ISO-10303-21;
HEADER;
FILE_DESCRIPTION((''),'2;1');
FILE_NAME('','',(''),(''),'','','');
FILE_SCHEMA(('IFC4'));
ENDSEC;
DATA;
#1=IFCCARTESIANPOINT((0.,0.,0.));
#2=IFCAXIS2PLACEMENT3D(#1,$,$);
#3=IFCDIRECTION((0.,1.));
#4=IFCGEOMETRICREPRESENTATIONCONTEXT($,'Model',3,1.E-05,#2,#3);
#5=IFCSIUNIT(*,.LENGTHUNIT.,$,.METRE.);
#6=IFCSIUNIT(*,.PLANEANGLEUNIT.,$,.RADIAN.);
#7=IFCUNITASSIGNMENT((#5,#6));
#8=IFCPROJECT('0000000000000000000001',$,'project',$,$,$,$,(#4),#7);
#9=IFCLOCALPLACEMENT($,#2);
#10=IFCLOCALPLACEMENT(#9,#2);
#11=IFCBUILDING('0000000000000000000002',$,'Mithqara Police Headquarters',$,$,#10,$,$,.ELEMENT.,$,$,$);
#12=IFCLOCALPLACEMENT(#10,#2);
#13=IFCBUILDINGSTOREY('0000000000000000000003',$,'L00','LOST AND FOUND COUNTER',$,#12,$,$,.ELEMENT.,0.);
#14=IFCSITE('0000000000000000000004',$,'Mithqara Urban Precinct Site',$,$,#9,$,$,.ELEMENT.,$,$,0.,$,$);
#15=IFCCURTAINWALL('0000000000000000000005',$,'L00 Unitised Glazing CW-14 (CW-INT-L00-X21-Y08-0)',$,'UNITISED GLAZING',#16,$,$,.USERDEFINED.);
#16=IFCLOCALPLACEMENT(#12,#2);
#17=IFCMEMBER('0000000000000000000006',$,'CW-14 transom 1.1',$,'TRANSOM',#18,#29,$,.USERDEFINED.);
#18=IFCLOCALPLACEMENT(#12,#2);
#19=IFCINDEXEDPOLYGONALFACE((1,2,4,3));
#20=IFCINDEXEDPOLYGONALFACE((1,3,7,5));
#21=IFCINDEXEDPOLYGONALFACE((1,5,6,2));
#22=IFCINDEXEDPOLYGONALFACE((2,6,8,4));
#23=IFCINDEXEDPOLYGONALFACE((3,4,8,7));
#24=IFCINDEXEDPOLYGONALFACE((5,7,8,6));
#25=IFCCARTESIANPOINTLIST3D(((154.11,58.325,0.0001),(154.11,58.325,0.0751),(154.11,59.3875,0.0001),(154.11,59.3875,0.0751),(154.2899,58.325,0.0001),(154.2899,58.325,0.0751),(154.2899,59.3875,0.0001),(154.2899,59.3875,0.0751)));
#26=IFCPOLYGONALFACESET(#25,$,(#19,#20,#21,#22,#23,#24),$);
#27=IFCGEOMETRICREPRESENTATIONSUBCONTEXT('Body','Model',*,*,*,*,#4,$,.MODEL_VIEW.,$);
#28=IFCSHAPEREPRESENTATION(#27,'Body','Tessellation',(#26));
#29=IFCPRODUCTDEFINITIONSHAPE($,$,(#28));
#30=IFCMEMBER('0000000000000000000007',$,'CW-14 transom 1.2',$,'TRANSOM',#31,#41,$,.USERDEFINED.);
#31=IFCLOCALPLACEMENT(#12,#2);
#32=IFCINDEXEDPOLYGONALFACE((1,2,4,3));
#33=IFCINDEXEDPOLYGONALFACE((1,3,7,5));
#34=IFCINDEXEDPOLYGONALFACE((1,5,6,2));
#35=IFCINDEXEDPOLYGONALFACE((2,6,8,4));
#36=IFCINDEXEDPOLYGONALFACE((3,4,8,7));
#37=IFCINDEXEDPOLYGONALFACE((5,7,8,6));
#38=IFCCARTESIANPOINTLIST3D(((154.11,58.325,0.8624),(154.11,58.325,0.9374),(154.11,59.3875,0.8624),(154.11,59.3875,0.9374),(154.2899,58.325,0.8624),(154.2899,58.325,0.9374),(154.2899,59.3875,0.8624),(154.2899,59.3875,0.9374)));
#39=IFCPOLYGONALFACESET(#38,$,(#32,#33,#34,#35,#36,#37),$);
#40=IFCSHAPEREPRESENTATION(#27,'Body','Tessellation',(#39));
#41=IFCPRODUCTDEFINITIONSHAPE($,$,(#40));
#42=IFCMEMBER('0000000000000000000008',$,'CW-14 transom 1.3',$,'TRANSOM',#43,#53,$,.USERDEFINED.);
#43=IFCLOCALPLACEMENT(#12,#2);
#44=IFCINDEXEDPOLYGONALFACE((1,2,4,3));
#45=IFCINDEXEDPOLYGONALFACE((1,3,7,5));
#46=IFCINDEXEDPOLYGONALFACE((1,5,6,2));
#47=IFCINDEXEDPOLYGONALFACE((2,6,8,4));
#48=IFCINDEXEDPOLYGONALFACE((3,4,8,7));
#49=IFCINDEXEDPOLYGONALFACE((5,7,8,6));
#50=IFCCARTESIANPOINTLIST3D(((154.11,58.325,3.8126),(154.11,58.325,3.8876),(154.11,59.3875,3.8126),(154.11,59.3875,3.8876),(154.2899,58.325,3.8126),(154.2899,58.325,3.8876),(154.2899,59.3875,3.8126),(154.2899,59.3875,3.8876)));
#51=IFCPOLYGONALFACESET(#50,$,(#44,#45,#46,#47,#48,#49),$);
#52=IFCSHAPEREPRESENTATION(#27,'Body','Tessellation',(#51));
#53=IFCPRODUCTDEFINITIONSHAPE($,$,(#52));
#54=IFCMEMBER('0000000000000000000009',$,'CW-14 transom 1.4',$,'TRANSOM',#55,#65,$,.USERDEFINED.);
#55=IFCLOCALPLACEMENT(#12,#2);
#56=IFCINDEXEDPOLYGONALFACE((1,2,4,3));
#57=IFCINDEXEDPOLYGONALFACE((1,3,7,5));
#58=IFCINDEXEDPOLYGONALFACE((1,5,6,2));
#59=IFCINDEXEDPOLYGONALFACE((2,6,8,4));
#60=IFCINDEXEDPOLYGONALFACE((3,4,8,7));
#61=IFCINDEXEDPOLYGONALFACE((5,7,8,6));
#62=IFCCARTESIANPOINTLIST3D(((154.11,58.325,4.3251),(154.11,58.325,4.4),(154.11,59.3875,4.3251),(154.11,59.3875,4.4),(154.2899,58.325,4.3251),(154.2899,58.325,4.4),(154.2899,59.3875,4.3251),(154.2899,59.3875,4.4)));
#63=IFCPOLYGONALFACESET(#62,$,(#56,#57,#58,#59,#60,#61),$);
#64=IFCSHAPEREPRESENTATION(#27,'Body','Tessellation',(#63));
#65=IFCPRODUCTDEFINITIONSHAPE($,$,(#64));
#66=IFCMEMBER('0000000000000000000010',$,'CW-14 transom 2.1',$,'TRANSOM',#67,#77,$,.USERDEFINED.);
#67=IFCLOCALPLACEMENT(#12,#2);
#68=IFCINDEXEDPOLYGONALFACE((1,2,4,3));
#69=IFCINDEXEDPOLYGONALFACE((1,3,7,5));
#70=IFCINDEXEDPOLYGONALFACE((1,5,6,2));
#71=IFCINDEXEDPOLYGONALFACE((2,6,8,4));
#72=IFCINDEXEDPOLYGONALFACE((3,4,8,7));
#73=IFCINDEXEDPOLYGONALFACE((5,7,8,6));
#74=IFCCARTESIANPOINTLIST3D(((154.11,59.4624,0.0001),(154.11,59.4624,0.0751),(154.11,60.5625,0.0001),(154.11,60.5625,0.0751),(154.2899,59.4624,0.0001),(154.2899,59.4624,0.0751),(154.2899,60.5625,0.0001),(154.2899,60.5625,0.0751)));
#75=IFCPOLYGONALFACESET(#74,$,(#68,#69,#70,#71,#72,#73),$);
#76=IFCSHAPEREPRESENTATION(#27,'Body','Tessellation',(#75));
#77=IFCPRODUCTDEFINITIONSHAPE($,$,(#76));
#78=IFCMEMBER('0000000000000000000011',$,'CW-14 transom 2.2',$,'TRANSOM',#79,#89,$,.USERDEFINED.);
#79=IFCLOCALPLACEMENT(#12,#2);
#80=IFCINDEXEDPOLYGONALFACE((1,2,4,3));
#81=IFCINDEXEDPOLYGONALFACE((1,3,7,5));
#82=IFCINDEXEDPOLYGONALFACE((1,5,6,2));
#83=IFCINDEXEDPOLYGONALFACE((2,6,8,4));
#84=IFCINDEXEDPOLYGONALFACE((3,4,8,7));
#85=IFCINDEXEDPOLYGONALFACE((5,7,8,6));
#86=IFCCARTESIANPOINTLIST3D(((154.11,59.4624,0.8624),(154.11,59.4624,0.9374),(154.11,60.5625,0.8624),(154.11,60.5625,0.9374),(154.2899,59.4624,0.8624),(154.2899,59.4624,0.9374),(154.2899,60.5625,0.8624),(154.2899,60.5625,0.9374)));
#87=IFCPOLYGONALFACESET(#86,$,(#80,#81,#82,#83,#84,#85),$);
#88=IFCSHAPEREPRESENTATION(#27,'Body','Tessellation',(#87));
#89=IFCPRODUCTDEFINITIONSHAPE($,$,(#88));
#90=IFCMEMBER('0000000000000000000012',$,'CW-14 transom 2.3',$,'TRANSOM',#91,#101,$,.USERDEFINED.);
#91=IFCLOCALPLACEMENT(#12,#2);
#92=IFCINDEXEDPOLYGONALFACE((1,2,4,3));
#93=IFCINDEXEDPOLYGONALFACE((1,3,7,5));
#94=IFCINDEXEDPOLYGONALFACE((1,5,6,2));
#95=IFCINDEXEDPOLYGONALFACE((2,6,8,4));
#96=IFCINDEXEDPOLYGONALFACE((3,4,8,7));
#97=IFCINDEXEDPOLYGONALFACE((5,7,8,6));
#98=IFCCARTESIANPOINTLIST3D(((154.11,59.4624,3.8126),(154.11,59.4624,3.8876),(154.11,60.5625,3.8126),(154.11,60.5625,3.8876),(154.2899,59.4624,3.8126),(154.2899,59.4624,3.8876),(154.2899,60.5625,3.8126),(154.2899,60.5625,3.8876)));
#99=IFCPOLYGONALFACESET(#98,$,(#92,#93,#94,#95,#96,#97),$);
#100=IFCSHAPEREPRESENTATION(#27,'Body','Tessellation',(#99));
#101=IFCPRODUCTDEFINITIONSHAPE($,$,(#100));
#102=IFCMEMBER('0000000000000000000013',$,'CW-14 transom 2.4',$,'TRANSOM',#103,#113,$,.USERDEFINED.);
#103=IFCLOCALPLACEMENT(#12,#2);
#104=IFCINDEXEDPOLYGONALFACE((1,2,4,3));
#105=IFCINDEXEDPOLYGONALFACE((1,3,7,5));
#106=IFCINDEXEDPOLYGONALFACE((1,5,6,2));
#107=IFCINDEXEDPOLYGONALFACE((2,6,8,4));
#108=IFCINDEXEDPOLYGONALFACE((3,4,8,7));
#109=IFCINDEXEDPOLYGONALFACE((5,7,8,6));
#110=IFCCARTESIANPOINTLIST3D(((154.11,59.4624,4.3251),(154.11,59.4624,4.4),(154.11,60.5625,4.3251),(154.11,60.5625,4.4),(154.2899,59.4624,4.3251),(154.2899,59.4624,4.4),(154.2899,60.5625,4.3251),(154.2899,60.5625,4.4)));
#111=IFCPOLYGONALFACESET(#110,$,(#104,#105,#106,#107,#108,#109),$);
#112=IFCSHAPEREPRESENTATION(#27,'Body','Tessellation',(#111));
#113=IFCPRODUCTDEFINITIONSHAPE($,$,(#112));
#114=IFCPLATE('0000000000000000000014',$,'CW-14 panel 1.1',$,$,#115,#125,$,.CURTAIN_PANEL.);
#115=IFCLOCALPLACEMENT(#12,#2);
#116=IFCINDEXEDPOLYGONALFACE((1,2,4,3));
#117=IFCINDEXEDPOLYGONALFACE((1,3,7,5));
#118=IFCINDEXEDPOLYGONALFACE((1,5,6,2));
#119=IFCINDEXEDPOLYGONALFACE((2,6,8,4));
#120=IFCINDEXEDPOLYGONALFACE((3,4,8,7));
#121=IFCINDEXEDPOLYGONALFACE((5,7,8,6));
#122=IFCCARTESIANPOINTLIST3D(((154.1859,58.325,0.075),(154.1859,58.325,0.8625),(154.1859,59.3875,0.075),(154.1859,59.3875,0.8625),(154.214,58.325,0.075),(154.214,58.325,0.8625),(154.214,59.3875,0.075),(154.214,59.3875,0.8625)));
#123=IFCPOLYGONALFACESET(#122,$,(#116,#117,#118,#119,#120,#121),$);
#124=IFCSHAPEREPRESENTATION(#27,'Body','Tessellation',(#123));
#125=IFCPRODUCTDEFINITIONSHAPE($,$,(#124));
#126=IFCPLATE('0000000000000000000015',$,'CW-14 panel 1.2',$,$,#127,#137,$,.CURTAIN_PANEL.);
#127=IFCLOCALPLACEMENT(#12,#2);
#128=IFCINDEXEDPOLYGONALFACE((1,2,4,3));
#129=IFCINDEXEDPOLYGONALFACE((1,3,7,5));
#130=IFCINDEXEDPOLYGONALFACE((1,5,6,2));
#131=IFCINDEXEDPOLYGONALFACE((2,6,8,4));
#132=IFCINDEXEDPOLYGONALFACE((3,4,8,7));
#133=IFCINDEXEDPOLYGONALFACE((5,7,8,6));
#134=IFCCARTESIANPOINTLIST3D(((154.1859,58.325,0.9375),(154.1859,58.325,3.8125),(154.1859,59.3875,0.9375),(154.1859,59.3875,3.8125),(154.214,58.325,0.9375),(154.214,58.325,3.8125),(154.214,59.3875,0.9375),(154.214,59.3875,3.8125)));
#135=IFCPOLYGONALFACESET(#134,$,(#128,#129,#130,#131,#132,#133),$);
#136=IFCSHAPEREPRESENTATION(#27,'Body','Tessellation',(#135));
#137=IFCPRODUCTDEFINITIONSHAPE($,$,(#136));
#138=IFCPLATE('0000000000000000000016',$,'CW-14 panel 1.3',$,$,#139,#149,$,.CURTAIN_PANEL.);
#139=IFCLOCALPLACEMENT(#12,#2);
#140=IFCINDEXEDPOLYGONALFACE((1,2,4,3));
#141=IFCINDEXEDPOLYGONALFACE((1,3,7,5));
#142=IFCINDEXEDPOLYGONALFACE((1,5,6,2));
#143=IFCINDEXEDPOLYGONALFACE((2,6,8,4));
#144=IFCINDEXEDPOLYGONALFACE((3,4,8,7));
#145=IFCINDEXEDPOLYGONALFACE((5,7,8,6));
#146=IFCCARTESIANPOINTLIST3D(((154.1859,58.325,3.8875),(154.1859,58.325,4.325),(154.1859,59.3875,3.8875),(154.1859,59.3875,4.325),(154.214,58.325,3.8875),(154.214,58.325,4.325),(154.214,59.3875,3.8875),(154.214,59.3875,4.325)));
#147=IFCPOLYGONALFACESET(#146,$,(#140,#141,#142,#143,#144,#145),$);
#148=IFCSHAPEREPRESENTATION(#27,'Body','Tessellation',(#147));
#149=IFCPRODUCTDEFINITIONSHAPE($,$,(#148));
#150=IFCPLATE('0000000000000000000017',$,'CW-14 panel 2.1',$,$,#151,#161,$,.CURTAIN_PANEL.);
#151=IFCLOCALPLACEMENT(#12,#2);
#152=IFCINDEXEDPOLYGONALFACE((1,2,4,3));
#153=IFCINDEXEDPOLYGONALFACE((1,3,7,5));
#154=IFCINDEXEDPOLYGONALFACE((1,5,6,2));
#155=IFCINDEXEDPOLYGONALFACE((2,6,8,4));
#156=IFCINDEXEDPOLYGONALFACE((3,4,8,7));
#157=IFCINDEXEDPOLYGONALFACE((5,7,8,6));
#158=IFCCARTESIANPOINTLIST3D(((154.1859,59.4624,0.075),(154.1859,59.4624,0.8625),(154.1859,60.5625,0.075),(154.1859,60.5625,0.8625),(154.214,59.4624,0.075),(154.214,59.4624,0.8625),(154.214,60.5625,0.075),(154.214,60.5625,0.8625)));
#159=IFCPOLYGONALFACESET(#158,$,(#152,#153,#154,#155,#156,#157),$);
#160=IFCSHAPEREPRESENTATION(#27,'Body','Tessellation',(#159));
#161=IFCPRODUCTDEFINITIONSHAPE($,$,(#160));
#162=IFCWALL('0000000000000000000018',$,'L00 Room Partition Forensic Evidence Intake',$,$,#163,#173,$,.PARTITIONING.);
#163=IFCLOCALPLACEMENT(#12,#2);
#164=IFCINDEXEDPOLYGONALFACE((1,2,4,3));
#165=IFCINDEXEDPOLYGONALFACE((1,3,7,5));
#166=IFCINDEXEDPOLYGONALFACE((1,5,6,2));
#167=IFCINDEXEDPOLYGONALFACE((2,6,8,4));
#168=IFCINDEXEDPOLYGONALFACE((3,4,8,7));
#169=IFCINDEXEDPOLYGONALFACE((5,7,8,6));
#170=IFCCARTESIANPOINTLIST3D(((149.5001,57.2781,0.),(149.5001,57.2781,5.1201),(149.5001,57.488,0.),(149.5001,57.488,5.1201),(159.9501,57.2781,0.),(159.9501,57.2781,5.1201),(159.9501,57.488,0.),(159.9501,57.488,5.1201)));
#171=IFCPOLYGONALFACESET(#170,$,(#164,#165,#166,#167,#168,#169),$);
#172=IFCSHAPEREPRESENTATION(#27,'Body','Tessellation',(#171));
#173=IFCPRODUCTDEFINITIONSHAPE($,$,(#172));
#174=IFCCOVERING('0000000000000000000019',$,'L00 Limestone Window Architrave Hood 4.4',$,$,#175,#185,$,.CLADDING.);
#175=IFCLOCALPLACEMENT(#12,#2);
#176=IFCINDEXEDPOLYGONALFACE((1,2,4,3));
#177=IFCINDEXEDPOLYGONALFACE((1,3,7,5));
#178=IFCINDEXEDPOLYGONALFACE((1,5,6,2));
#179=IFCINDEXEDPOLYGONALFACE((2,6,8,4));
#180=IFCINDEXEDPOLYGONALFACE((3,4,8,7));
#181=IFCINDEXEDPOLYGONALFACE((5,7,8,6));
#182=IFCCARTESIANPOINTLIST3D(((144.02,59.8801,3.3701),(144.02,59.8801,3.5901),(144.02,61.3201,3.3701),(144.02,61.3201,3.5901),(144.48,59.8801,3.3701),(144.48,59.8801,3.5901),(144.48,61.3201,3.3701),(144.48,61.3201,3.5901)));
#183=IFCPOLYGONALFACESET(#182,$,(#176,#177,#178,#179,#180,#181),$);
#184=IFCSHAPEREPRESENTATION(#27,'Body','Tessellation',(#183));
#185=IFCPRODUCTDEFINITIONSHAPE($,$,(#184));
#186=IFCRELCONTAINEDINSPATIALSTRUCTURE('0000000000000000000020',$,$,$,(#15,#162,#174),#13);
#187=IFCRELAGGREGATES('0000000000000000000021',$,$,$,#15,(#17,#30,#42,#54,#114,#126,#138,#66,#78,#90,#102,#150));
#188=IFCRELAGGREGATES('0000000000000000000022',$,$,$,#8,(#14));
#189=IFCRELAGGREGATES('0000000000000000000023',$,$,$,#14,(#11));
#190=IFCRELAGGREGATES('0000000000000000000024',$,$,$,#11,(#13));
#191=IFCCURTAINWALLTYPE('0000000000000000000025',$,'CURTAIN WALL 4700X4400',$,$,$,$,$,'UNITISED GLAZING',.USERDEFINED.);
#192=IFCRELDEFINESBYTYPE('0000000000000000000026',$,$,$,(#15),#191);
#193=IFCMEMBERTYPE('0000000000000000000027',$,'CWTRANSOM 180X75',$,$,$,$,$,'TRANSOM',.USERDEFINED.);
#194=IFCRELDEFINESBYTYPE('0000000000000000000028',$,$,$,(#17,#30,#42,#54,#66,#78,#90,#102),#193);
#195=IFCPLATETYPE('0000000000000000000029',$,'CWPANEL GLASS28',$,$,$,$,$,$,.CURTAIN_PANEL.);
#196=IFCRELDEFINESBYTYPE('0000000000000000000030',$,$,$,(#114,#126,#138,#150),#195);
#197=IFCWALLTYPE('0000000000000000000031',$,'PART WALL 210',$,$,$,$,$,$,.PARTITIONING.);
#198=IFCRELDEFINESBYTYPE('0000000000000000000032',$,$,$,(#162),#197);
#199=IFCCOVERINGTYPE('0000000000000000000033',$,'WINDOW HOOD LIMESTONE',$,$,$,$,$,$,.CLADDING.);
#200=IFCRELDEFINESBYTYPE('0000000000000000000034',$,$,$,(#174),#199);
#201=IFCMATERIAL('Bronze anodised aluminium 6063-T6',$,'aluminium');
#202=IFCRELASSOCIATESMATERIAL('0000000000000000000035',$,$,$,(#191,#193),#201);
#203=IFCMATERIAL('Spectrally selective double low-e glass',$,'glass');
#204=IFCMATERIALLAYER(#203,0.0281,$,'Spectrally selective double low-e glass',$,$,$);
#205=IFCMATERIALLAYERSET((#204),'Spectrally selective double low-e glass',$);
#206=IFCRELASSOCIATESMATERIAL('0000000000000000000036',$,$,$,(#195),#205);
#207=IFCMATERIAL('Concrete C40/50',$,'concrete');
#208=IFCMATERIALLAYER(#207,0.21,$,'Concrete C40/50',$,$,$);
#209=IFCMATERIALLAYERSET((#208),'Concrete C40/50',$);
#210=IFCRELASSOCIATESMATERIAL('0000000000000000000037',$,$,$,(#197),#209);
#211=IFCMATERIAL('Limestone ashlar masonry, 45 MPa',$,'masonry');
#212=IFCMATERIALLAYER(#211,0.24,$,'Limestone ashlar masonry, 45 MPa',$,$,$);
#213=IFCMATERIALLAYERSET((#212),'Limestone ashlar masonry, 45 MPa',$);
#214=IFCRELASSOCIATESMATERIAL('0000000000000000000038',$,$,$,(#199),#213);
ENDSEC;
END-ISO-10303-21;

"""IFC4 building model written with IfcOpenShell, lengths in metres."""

from ifc_helpers import new_model, si_unit, direction, frame, frame_2d, origin, origin_2d, place, context, subcontext, project, spatial, rectangle, extrude, material, layer, layer_set, material_profile, profile_set, type_object, element, aggregate, save


model = new_model("IFC4")

# Units and contexts
model_context = context("Model", 3, precision=1e-05, world=origin(), true_north=direction((0.0, 1.0)))
body_context = subcontext(model_context, "Body", "Model", "MODEL_VIEW")
ifc_project = project(units=[si_unit("LENGTHUNIT", "METRE"), si_unit("PLANEANGLEUNIT", "RADIAN")], contexts=[model_context])

# Site, building, storey
site_placement = place(None, origin())
site = spatial("IfcSite", under=ifc_project, at=site_placement, Name="Mithqara Urban Precinct Site", CompositionType="ELEMENT", RefElevation=0.0)
building_placement = place(site_placement, origin())
building = spatial("IfcBuilding", under=site, at=building_placement, Name="Mithqara Police Headquarters", CompositionType="ELEMENT")
storey_placement = place(building_placement, origin())
storey = spatial("IfcBuildingStorey", under=building, at=storey_placement, Name="L00", Description="LOST AND FOUND COUNTER", CompositionType="ELEMENT", Elevation=0.0)

# Shared definitions
ifc_material_1 = material(Name="Concrete C40/50", Category="concrete")

# Curtain wall, members, plates
ifc_material_2 = material(Name="Bronze anodised aluminium 6063-T6", Category="aluminium")
curtain_wall_type = type_object("IfcCurtainWallType", Name="CURTAIN WALL 4700X4400", ElementType="UNITISED GLAZING", PredefinedType="USERDEFINED", material=ifc_material_2)
curtain_wall_placement = place(storey_placement, origin())
curtain_wall = element("IfcCurtainWall", 1, at=curtain_wall_placement, inside=storey, type_object=curtain_wall_type, Name="L00 Unitised Glazing CW-14 (CW-INT-L00-X21-Y08-0)", ObjectType="UNITISED GLAZING", PredefinedType="USERDEFINED")
ifc_material_profile_1 = material_profile(ifc_material_2, rectangle(XDim=0.1799, YDim=0.075, at=origin_2d()), Name="CWT 180x75")
ifc_profile_set_1 = profile_set([ifc_material_profile_1], Name="Bronze anodised aluminium 6063-T6")
member_type_1 = type_object("IfcMemberType", Name="CWTRANSOM 180X75", ElementType="TRANSOM", PredefinedType="USERDEFINED", material=ifc_profile_set_1)
member_1_placement = place(storey_placement, frame((154.2, 58.325, 0.0376), z_axis=(0.0, 1.0, 0.0), x_axis=(-1.0, 0.0, 0.0)))
member_1 = element("IfcMember", 2, at=member_1_placement, type_object=member_type_1, Name="CW-14 transom 1.1", ObjectType="TRANSOM", PredefinedType="USERDEFINED", context=body_context, shape_type="SweptSolid", body=[
    extrude(rectangle(XDim=0.1799, YDim=0.075, at=origin_2d()), origin(), (0.0, 0.0, 1.0), 1.0625),
])
member_2_placement = place(storey_placement, frame((154.2, 58.325, 0.8999), z_axis=(0.0, 1.0, 0.0), x_axis=(-1.0, 0.0, 0.0)))
member_2 = element("IfcMember", 3, at=member_2_placement, type_object=member_type_1, Name="CW-14 transom 1.2", ObjectType="TRANSOM", PredefinedType="USERDEFINED", context=body_context, shape_type="SweptSolid", body=[
    extrude(rectangle(XDim=0.1799, YDim=0.075, at=origin_2d()), origin(), (0.0, 0.0, 1.0), 1.0625),
])
member_3_placement = place(storey_placement, frame((154.2, 58.325, 3.8501), z_axis=(0.0, 1.0, 0.0), x_axis=(-1.0, 0.0, 0.0)))
member_3 = element("IfcMember", 4, at=member_3_placement, type_object=member_type_1, Name="CW-14 transom 1.3", ObjectType="TRANSOM", PredefinedType="USERDEFINED", context=body_context, shape_type="SweptSolid", body=[
    extrude(rectangle(XDim=0.1799, YDim=0.075, at=origin_2d()), origin(), (0.0, 0.0, 1.0), 1.0625),
])
member_4_placement = place(storey_placement, frame((154.2, 58.325, 4.3625), z_axis=(0.0, 1.0, 0.0), x_axis=(-1.0, 0.0, 0.0)))
member_4 = element("IfcMember", 5, at=member_4_placement, type_object=member_type_1, Name="CW-14 transom 1.4", ObjectType="TRANSOM", PredefinedType="USERDEFINED", context=body_context, shape_type="SweptSolid", body=[
    extrude(rectangle(XDim=0.1799, YDim=0.075, at=origin_2d()), origin(), (0.0, 0.0, 1.0), 1.0625),
])
member_5_placement = place(storey_placement, frame((154.2, 59.4624, 0.0376), z_axis=(0.0, 1.0, 0.0), x_axis=(-1.0, 0.0, 0.0)))
member_5 = element("IfcMember", 6, at=member_5_placement, type_object=member_type_1, Name="CW-14 transom 2.1", ObjectType="TRANSOM", PredefinedType="USERDEFINED", context=body_context, shape_type="SweptSolid", body=[
    extrude(rectangle(XDim=0.1799, YDim=0.075, at=origin_2d()), origin(), (0.0, 0.0, 1.0), 1.1001),
])
member_6_placement = place(storey_placement, frame((154.2, 59.4624, 0.8999), z_axis=(0.0, 1.0, 0.0), x_axis=(-1.0, 0.0, 0.0)))
member_6 = element("IfcMember", 7, at=member_6_placement, type_object=member_type_1, Name="CW-14 transom 2.2", ObjectType="TRANSOM", PredefinedType="USERDEFINED", context=body_context, shape_type="SweptSolid", body=[
    extrude(rectangle(XDim=0.1799, YDim=0.075, at=origin_2d()), origin(), (0.0, 0.0, 1.0), 1.1001),
])
member_7_placement = place(storey_placement, frame((154.2, 59.4624, 3.8501), z_axis=(0.0, 1.0, 0.0), x_axis=(-1.0, 0.0, 0.0)))
member_7 = element("IfcMember", 8, at=member_7_placement, type_object=member_type_1, Name="CW-14 transom 2.3", ObjectType="TRANSOM", PredefinedType="USERDEFINED", context=body_context, shape_type="SweptSolid", body=[
    extrude(rectangle(XDim=0.1799, YDim=0.075, at=origin_2d()), origin(), (0.0, 0.0, 1.0), 1.1001),
])
member_8_placement = place(storey_placement, frame((154.2, 59.4624, 4.3625), z_axis=(0.0, 1.0, 0.0), x_axis=(-1.0, 0.0, 0.0)))
member_8 = element("IfcMember", 9, at=member_8_placement, type_object=member_type_1, Name="CW-14 transom 2.4", ObjectType="TRANSOM", PredefinedType="USERDEFINED", context=body_context, shape_type="SweptSolid", body=[
    extrude(rectangle(XDim=0.1799, YDim=0.075, at=origin_2d()), origin(), (0.0, 0.0, 1.0), 1.1001),
])
ifc_material_3 = material(Name="Spectrally selective double low-e glass", Category="glass")
ifc_layer_1 = layer(ifc_material_3, 0.0281, Name="Spectrally selective double low-e glass")
ifc_layer_set_1 = layer_set([ifc_layer_1], Name="Spectrally selective double low-e glass")
plate_type = type_object("IfcPlateType", Name="CWPANEL GLASS28", PredefinedType="CURTAIN_PANEL", material=ifc_layer_set_1)
plate_1_placement = place(storey_placement, frame((154.2, 58.8562, 0.075), z_axis=(0.0, 0.0, 1.0), x_axis=(0.0, 1.0, 0.0)))
plate_1 = element("IfcPlate", 10, at=plate_1_placement, type_object=plate_type, Name="CW-14 panel 1.1", PredefinedType="CURTAIN_PANEL", context=body_context, shape_type="SweptSolid", body=[
    extrude(rectangle(XDim=1.0625, YDim=0.0281, at=origin_2d()), origin(), (0.0, 0.0, 1.0), 0.7876),
])
plate_2_placement = place(storey_placement, frame((154.2, 58.8562, 0.9375), z_axis=(0.0, 0.0, 1.0), x_axis=(0.0, 1.0, 0.0)))
plate_2 = element("IfcPlate", 11, at=plate_2_placement, type_object=plate_type, Name="CW-14 panel 1.2", PredefinedType="CURTAIN_PANEL", context=body_context, shape_type="SweptSolid", body=[
    extrude(rectangle(XDim=1.0625, YDim=0.0281, at=origin_2d()), origin(), (0.0, 0.0, 1.0), 2.875),
])
plate_3_placement = place(storey_placement, frame((154.2, 58.8562, 3.8875), z_axis=(0.0, 0.0, 1.0), x_axis=(0.0, 1.0, 0.0)))
plate_3 = element("IfcPlate", 12, at=plate_3_placement, type_object=plate_type, Name="CW-14 panel 1.3", PredefinedType="CURTAIN_PANEL", context=body_context, shape_type="SweptSolid", body=[
    extrude(rectangle(XDim=1.0625, YDim=0.0281, at=origin_2d()), origin(), (0.0, 0.0, 1.0), 0.4375),
])
plate_4_placement = place(storey_placement, frame((154.2, 60.0125, 0.075), z_axis=(0.0, 0.0, 1.0), x_axis=(0.0, 1.0, 0.0)))
plate_4 = element("IfcPlate", 13, at=plate_4_placement, type_object=plate_type, Name="CW-14 panel 2.1", PredefinedType="CURTAIN_PANEL", context=body_context, shape_type="SweptSolid", body=[
    extrude(rectangle(XDim=1.1001, YDim=0.0281, at=origin_2d()), origin(), (0.0, 0.0, 1.0), 0.7876),
])
aggregate(curtain_wall, [member_1, member_2, member_3, member_4, plate_1, plate_2, plate_3, member_5, member_6, member_7, member_8, plate_4])

# Wall
ifc_layer_2 = layer(ifc_material_1, 0.21, Name="Concrete C40/50")
ifc_layer_set_2 = layer_set([ifc_layer_2], Name="Concrete C40/50")
wall_type = type_object("IfcWallType", Name="PART WALL 210", PredefinedType="PARTITIONING", material=ifc_layer_set_2)
wall_placement = place(storey_placement, frame((149.5, 57.3831, 0.0), z_axis=(0.0, 0.0, 1.0), x_axis=(1.0, 0.0, 0.0)))
element("IfcWall", 14, at=wall_placement, inside=storey, type_object=wall_type, Name="L00 Room Partition Forensic Evidence Intake", PredefinedType="PARTITIONING", context=body_context, shape_type="SweptSolid", body=[
    extrude(rectangle(XDim=10.45, YDim=0.21, at=frame_2d((5.2251, 0.0))), origin(), (0.0, 0.0, 1.0), 5.1201),
])

# Covering
ifc_material_4 = material(Name="Limestone ashlar masonry, 45 MPa", Category="masonry")
ifc_layer_3 = layer(ifc_material_4, 0.24, Name="Limestone ashlar masonry, 45 MPa")
ifc_layer_set_3 = layer_set([ifc_layer_3], Name="Limestone ashlar masonry, 45 MPa")
covering_type = type_object("IfcCoveringType", Name="WINDOW HOOD LIMESTONE", PredefinedType="CLADDING", material=ifc_layer_set_3)
covering_placement = place(storey_placement, frame((144.25, 60.6001, 3.3701), z_axis=(0.0, 0.0, 1.0), x_axis=(0.0, 1.0, 0.0)))
element("IfcCovering", 15, at=covering_placement, inside=storey, type_object=covering_type, Name="L00 Limestone Window Architrave Hood 4.4", PredefinedType="CLADDING", context=body_context, shape_type="SweptSolid", body=[
    extrude(rectangle(XDim=1.4399, YDim=0.46, at=origin_2d()), origin(), (0.0, 0.0, 1.0), 0.22),
])

save(model, "model.ifc")
